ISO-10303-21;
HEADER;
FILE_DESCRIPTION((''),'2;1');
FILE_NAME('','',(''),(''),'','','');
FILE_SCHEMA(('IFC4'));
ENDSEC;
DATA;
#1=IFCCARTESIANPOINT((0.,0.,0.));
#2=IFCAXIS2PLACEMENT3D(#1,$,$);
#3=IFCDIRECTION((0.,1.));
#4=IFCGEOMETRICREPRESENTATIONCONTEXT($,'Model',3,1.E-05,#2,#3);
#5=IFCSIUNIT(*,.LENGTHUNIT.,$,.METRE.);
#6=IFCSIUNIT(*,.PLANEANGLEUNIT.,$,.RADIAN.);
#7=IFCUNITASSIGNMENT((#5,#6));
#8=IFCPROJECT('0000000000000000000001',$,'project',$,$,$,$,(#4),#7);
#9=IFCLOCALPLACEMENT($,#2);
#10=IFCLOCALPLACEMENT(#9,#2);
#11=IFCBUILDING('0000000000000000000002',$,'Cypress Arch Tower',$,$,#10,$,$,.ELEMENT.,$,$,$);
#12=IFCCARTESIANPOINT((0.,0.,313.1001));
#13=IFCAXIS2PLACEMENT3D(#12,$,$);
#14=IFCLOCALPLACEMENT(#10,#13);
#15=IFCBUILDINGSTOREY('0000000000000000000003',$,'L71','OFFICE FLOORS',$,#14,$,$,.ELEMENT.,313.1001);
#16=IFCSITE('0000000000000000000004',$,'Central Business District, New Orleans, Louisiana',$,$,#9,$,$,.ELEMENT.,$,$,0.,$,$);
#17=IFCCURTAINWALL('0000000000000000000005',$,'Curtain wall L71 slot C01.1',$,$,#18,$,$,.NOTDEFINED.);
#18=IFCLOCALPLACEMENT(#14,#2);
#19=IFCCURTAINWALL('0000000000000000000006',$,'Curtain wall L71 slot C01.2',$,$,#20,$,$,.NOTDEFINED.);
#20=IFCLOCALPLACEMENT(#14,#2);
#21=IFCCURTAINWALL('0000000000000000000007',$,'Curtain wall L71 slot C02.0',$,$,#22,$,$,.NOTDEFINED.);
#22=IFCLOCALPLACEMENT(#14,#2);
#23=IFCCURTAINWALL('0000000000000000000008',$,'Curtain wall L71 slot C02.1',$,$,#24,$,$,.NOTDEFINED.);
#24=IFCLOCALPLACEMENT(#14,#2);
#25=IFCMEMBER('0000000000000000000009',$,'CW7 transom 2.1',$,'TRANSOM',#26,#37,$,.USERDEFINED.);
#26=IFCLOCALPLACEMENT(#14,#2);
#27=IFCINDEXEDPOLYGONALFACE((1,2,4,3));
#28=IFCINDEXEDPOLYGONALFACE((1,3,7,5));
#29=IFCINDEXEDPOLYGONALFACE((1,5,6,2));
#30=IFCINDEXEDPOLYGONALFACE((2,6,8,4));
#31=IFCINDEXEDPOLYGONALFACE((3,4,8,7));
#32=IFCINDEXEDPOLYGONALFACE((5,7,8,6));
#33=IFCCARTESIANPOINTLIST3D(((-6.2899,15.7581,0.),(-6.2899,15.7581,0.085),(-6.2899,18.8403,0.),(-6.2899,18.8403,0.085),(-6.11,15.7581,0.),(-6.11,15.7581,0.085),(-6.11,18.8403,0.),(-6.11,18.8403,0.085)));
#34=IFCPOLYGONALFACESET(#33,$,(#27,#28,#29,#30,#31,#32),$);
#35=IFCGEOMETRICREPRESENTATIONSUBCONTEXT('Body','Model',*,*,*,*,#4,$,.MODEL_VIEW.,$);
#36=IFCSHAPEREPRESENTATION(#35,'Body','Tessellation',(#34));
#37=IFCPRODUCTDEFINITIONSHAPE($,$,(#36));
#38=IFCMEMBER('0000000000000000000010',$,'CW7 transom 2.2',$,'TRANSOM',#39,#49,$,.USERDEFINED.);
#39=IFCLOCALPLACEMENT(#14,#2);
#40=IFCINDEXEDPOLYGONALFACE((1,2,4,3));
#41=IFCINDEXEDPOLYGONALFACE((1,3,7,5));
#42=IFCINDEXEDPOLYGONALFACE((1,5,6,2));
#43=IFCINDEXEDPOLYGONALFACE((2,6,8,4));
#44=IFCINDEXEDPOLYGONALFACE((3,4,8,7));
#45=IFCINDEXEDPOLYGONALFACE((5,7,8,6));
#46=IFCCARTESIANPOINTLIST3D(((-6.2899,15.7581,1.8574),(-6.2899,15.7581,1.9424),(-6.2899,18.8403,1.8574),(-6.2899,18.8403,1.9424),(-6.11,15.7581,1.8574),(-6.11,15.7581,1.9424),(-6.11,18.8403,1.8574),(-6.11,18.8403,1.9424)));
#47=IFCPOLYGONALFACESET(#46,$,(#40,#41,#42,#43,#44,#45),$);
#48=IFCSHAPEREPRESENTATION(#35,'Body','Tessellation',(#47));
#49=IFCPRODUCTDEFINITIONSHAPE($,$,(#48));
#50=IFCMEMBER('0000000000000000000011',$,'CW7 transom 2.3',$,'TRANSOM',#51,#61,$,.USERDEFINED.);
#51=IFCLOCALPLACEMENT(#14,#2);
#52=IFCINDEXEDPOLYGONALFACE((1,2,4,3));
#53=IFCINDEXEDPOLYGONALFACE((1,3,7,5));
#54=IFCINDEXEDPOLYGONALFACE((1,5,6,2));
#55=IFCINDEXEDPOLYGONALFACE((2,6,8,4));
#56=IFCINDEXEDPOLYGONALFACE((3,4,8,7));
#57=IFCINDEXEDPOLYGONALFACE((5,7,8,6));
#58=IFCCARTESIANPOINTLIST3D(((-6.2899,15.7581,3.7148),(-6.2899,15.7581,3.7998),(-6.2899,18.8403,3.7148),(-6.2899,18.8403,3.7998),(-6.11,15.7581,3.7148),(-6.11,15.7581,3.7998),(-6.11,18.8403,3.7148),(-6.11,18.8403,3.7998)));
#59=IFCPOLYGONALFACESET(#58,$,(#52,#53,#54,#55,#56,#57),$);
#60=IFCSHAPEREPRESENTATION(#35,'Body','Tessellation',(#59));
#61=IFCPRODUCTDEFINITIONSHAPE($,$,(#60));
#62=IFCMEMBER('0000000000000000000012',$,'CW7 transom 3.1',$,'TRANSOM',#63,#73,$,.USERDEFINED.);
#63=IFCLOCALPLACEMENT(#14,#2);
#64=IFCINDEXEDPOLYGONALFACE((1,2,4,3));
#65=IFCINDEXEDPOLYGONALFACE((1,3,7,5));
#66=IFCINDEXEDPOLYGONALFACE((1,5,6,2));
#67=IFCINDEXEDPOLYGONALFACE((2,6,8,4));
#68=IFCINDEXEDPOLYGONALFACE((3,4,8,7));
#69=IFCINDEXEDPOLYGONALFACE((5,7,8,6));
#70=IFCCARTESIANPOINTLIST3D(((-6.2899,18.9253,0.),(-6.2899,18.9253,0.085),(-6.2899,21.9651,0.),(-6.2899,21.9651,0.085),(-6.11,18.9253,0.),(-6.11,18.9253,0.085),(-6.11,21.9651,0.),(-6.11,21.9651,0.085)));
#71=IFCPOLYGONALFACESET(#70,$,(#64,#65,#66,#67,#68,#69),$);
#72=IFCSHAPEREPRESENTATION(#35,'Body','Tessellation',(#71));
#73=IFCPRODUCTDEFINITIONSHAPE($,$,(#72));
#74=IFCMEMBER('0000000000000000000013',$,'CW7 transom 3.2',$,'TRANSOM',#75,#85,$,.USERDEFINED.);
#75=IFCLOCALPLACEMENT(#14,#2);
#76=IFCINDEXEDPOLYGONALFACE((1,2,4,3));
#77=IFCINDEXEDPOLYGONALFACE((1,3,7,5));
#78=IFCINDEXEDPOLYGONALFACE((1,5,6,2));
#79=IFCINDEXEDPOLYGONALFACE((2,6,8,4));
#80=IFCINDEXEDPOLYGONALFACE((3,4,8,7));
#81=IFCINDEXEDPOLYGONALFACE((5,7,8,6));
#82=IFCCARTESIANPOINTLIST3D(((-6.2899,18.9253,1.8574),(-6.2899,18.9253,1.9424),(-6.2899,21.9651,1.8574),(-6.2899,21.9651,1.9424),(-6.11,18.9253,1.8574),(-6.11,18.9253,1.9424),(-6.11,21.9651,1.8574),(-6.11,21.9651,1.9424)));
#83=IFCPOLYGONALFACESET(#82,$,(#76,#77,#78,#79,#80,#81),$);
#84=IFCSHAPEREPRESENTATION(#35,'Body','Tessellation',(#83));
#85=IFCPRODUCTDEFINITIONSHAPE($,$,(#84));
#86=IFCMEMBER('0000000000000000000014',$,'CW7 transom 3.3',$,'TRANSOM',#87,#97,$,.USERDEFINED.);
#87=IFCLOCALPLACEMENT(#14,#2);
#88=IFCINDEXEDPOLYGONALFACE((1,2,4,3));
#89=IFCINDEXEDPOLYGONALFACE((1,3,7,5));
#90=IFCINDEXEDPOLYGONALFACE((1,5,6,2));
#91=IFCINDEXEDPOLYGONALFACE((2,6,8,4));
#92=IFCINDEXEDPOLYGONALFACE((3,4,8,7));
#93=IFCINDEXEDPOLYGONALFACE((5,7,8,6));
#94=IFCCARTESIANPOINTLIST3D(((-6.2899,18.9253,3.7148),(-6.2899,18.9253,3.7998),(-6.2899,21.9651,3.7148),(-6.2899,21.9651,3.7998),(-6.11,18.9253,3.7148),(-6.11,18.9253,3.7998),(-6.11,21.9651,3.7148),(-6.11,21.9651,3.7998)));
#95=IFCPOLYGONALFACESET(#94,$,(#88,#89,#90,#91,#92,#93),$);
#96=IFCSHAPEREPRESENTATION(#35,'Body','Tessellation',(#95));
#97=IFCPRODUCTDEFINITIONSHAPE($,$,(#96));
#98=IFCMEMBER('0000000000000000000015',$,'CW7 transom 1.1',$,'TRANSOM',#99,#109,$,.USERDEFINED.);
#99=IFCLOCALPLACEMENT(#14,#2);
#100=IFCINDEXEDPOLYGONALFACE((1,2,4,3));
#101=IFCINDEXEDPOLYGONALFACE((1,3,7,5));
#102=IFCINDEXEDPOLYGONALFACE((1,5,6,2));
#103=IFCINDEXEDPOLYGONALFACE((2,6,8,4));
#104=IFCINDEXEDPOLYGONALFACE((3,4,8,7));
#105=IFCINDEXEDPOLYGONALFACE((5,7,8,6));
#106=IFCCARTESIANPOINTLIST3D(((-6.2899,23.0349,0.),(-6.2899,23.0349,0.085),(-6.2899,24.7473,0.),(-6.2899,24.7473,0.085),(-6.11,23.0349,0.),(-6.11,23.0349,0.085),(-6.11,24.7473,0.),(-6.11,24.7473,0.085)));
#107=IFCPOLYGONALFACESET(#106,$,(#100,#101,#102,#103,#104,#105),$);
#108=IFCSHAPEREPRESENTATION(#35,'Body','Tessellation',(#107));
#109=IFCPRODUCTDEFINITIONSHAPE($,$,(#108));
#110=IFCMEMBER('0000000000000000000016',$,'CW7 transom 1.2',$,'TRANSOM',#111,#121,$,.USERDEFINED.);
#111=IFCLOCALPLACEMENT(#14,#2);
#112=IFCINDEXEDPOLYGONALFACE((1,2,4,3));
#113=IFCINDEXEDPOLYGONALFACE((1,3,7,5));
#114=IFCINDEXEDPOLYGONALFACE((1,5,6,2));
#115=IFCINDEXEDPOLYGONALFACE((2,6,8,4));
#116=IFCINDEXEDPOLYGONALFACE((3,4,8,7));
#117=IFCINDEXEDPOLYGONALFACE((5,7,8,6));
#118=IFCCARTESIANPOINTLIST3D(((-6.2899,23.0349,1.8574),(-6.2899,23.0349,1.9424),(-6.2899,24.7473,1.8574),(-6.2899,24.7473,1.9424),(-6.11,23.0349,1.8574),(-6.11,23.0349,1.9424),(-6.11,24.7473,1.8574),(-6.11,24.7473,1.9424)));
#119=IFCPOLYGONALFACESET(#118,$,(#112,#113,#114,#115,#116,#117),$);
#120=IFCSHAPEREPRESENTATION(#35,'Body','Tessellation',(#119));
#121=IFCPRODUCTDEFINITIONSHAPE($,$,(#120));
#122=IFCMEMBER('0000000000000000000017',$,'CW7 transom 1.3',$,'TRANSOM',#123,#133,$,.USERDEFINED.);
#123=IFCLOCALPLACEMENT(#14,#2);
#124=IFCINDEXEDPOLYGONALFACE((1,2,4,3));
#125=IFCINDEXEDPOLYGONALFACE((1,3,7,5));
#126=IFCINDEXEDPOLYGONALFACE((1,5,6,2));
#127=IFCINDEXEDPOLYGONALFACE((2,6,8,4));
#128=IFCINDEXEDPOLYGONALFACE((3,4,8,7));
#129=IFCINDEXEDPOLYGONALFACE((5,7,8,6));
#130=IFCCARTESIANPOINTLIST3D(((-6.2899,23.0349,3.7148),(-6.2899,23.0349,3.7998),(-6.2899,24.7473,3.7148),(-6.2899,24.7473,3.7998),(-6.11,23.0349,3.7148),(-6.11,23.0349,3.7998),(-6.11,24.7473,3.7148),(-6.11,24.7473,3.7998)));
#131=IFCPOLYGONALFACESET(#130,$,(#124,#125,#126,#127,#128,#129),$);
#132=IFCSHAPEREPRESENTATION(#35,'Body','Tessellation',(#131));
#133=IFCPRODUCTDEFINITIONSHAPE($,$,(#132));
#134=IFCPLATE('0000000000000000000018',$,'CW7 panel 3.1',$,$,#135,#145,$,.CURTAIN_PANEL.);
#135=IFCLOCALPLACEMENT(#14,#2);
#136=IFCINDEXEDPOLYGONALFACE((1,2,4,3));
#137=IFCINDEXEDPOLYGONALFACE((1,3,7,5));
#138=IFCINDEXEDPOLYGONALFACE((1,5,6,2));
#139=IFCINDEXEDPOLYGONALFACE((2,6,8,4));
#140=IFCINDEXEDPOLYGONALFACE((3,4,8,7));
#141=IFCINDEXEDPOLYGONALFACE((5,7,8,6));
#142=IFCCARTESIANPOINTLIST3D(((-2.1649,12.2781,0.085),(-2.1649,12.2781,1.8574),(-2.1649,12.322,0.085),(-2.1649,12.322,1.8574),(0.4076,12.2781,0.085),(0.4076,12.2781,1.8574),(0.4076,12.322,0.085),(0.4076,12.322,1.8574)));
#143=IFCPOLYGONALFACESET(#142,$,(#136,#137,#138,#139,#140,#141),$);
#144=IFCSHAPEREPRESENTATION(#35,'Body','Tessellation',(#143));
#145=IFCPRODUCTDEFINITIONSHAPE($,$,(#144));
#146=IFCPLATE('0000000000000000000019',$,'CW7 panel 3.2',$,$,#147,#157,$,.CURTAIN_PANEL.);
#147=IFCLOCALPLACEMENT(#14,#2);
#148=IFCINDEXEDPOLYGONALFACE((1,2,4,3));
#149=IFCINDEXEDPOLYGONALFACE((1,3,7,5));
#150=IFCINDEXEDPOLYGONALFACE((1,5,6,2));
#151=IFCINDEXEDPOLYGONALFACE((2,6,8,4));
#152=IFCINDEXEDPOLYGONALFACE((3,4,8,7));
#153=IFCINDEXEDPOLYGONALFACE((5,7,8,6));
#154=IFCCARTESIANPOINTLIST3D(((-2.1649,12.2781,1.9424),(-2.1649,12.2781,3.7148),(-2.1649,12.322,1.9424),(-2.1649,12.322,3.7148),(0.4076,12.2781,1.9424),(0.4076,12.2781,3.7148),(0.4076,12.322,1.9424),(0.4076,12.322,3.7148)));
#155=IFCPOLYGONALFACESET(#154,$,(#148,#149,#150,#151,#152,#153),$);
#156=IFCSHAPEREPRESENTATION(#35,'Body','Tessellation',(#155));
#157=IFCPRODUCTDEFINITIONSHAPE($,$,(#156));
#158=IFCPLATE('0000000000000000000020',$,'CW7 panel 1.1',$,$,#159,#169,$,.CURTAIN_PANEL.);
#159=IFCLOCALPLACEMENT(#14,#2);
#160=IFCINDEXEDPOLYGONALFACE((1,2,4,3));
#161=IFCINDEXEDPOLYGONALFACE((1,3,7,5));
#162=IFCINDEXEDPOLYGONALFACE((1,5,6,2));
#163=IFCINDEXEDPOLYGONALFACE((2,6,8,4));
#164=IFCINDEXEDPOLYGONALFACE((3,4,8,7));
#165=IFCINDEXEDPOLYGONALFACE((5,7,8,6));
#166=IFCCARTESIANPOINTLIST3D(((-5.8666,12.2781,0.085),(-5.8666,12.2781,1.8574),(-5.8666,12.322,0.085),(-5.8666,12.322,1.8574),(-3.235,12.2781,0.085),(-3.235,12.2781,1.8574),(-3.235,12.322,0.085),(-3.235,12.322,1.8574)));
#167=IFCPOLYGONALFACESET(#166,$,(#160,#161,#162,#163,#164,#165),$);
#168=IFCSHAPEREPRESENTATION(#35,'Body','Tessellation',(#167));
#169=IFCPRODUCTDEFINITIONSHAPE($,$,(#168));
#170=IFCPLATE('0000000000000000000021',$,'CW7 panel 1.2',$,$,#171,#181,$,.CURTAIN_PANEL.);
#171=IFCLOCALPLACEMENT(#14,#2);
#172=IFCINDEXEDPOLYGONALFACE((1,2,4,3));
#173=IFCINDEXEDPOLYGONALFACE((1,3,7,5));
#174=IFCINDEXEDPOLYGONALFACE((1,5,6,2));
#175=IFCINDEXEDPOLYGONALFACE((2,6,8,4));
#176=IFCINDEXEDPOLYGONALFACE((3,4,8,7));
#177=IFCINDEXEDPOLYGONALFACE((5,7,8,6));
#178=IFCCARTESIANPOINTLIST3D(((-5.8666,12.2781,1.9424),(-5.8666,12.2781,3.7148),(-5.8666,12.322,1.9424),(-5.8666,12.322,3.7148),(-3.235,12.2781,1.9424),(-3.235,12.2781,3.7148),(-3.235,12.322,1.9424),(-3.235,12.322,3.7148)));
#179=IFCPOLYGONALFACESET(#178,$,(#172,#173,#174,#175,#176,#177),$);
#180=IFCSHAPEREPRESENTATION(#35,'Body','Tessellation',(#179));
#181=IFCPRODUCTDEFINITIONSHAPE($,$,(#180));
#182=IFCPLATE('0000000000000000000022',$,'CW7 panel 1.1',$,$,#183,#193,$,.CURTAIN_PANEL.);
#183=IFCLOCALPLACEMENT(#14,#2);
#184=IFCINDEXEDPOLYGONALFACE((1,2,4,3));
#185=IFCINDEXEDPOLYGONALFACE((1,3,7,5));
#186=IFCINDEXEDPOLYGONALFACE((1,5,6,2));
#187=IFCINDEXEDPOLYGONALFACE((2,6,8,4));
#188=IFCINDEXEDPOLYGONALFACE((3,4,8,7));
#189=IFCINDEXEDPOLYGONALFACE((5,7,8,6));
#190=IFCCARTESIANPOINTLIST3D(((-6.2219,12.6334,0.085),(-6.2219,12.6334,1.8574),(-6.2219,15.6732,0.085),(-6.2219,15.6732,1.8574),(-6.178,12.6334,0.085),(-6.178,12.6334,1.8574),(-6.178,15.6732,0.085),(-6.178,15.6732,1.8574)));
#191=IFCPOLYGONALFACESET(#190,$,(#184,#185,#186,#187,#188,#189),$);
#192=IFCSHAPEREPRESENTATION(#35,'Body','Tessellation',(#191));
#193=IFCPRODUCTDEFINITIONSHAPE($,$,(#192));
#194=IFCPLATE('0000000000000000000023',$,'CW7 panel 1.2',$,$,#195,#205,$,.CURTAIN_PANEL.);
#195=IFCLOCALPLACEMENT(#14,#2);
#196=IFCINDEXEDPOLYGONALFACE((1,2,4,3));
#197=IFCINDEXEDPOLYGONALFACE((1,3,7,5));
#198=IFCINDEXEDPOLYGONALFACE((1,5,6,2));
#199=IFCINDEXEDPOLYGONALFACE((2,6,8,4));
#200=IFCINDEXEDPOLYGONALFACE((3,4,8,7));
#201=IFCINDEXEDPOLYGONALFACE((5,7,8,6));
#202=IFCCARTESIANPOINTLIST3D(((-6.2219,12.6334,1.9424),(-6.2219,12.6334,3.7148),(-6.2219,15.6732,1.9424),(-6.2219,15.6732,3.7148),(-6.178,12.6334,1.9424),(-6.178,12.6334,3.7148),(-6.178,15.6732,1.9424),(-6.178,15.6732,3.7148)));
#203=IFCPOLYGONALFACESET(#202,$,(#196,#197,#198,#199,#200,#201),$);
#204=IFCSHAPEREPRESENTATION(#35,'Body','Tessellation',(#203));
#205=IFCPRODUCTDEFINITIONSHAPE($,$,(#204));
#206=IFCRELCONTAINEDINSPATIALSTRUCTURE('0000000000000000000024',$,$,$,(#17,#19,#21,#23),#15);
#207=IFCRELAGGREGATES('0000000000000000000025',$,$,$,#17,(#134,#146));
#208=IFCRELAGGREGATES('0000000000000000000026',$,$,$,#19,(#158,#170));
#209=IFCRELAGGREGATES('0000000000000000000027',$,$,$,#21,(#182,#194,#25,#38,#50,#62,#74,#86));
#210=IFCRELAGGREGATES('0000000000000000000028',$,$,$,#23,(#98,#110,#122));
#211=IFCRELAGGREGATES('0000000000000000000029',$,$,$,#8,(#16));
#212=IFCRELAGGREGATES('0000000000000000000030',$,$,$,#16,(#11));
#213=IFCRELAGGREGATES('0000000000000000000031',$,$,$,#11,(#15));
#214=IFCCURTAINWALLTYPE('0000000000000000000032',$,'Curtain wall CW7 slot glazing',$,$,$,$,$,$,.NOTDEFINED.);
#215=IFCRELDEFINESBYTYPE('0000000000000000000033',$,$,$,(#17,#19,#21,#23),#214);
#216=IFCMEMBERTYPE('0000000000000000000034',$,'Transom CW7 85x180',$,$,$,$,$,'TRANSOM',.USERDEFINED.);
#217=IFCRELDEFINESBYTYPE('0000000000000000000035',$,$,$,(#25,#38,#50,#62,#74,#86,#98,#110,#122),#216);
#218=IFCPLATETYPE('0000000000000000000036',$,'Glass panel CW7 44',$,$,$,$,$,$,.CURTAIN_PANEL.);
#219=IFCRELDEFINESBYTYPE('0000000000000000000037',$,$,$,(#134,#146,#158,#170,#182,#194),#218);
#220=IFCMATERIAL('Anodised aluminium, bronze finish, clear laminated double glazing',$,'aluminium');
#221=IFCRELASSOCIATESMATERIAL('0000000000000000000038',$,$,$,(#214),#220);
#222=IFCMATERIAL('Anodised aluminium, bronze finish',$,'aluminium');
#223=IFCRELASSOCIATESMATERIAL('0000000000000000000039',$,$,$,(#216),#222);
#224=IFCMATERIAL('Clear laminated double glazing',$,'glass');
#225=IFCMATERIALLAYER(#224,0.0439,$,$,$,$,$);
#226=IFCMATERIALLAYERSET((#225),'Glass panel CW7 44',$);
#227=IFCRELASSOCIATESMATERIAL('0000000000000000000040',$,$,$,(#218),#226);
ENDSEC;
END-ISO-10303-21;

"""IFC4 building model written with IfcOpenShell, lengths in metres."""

from ifc_helpers import new_model, si_unit, direction, frame, origin, origin_2d, place, context, subcontext, project, spatial, rectangle, extrude, material, layer, layer_set, material_profile, profile_set, type_object, element, aggregate, save


model = new_model("IFC4")

# Units and contexts
model_context = context("Model", 3, precision=1e-05, world=origin(), true_north=direction((0.0, 1.0)))
body_context = subcontext(model_context, "Body", "Model", "MODEL_VIEW")
ifc_project = project(units=[si_unit("LENGTHUNIT", "METRE"), si_unit("PLANEANGLEUNIT", "RADIAN")], contexts=[model_context])

# Site, building, storey
site_placement = place(None, origin())
site = spatial("IfcSite", under=ifc_project, at=site_placement, Name="Central Business District, New Orleans, Louisiana", CompositionType="ELEMENT", RefElevation=0.0)
building_placement = place(site_placement, origin())
building = spatial("IfcBuilding", under=site, at=building_placement, Name="Cypress Arch Tower", CompositionType="ELEMENT")
storey_placement = place(building_placement, frame((0.0, 0.0, 313.1001)))
storey = spatial("IfcBuildingStorey", under=building, at=storey_placement, Name="L71", Description="OFFICE FLOORS", CompositionType="ELEMENT", Elevation=313.1001)

# Curtain wall
ifc_material_1 = material(Name="Anodised aluminium, bronze finish, clear laminated double glazing", Category="aluminium")
curtain_wall_type = type_object("IfcCurtainWallType", Name="Curtain wall CW7 slot glazing", PredefinedType="NOTDEFINED", material=ifc_material_1)
curtain_wall_1_placement = place(storey_placement, origin())
curtain_wall_1 = element("IfcCurtainWall", 1, at=curtain_wall_1_placement, inside=storey, type_object=curtain_wall_type, Name="Curtain wall L71 slot C01.1", PredefinedType="NOTDEFINED")

# Curtain walls
curtain_wall_2_placement = place(storey_placement, origin())
curtain_wall_2 = element("IfcCurtainWall", 2, at=curtain_wall_2_placement, inside=storey, type_object=curtain_wall_type, Name="Curtain wall L71 slot C01.2", PredefinedType="NOTDEFINED")
curtain_wall_3_placement = place(storey_placement, origin())
curtain_wall_3 = element("IfcCurtainWall", 3, at=curtain_wall_3_placement, inside=storey, type_object=curtain_wall_type, Name="Curtain wall L71 slot C02.0", PredefinedType="NOTDEFINED")
curtain_wall_4_placement = place(storey_placement, origin())
curtain_wall_4 = element("IfcCurtainWall", 4, at=curtain_wall_4_placement, inside=storey, type_object=curtain_wall_type, Name="Curtain wall L71 slot C02.1", PredefinedType="NOTDEFINED")

# Members
ifc_material_2 = material(Name="Anodised aluminium, bronze finish", Category="aluminium")
ifc_material_profile_1 = material_profile(ifc_material_2, rectangle(XDim=0.1799, YDim=0.085, at=origin_2d()), Name="Transom 85x180")
ifc_profile_set_1 = profile_set([ifc_material_profile_1], Name="Anodised aluminium, bronze finish")
member_type_1 = type_object("IfcMemberType", Name="Transom CW7 85x180", ElementType="TRANSOM", PredefinedType="USERDEFINED", material=ifc_profile_set_1)
member_1_placement = place(storey_placement, frame((-6.2, 15.7581, 0.0425), z_axis=(0.0, 1.0, 0.0), x_axis=(-1.0, 0.0, 0.0)))
member_1 = element("IfcMember", 5, at=member_1_placement, type_object=member_type_1, Name="CW7 transom 2.1", ObjectType="TRANSOM", PredefinedType="USERDEFINED", context=body_context, shape_type="SweptSolid", body=[
    extrude(rectangle(XDim=0.1799, YDim=0.085, at=origin_2d()), origin(), (0.0, 0.0, 1.0), 3.0823),
])
member_2_placement = place(storey_placement, frame((-6.2, 15.7581, 1.8999), z_axis=(0.0, 1.0, 0.0), x_axis=(-1.0, 0.0, 0.0)))
member_2 = element("IfcMember", 6, at=member_2_placement, type_object=member_type_1, Name="CW7 transom 2.2", ObjectType="TRANSOM", PredefinedType="USERDEFINED", context=body_context, shape_type="SweptSolid", body=[
    extrude(rectangle(XDim=0.1799, YDim=0.085, at=origin_2d()), origin(), (0.0, 0.0, 1.0), 3.0823),
])
member_3_placement = place(storey_placement, frame((-6.2, 15.7581, 3.7573), z_axis=(0.0, 1.0, 0.0), x_axis=(-1.0, 0.0, 0.0)))
member_3 = element("IfcMember", 7, at=member_3_placement, type_object=member_type_1, Name="CW7 transom 2.3", ObjectType="TRANSOM", PredefinedType="USERDEFINED", context=body_context, shape_type="SweptSolid", body=[
    extrude(rectangle(XDim=0.1799, YDim=0.085, at=origin_2d()), origin(), (0.0, 0.0, 1.0), 3.0823),
])
member_4_placement = place(storey_placement, frame((-6.2, 18.9253, 0.0425), z_axis=(0.0, 1.0, 0.0), x_axis=(-1.0, 0.0, 0.0)))
member_4 = element("IfcMember", 8, at=member_4_placement, type_object=member_type_1, Name="CW7 transom 3.1", ObjectType="TRANSOM", PredefinedType="USERDEFINED", context=body_context, shape_type="SweptSolid", body=[
    extrude(rectangle(XDim=0.1799, YDim=0.085, at=origin_2d()), origin(), (0.0, 0.0, 1.0), 3.0398),
])
member_5_placement = place(storey_placement, frame((-6.2, 18.9253, 1.8999), z_axis=(0.0, 1.0, 0.0), x_axis=(-1.0, 0.0, 0.0)))
member_5 = element("IfcMember", 9, at=member_5_placement, type_object=member_type_1, Name="CW7 transom 3.2", ObjectType="TRANSOM", PredefinedType="USERDEFINED", context=body_context, shape_type="SweptSolid", body=[
    extrude(rectangle(XDim=0.1799, YDim=0.085, at=origin_2d()), origin(), (0.0, 0.0, 1.0), 3.0398),
])
member_6_placement = place(storey_placement, frame((-6.2, 18.9253, 3.7573), z_axis=(0.0, 1.0, 0.0), x_axis=(-1.0, 0.0, 0.0)))
member_6 = element("IfcMember", 10, at=member_6_placement, type_object=member_type_1, Name="CW7 transom 3.3", ObjectType="TRANSOM", PredefinedType="USERDEFINED", context=body_context, shape_type="SweptSolid", body=[
    extrude(rectangle(XDim=0.1799, YDim=0.085, at=origin_2d()), origin(), (0.0, 0.0, 1.0), 3.0398),
])
member_7_placement = place(storey_placement, frame((-6.2, 23.0349, 0.0425), z_axis=(0.0, 1.0, 0.0), x_axis=(-1.0, 0.0, 0.0)))
member_7 = element("IfcMember", 11, at=member_7_placement, type_object=member_type_1, Name="CW7 transom 1.1", ObjectType="TRANSOM", PredefinedType="USERDEFINED", context=body_context, shape_type="SweptSolid", body=[
    extrude(rectangle(XDim=0.1799, YDim=0.085, at=origin_2d()), origin(), (0.0, 0.0, 1.0), 1.7124),
])
member_8_placement = place(storey_placement, frame((-6.2, 23.0349, 1.8999), z_axis=(0.0, 1.0, 0.0), x_axis=(-1.0, 0.0, 0.0)))
member_8 = element("IfcMember", 12, at=member_8_placement, type_object=member_type_1, Name="CW7 transom 1.2", ObjectType="TRANSOM", PredefinedType="USERDEFINED", context=body_context, shape_type="SweptSolid", body=[
    extrude(rectangle(XDim=0.1799, YDim=0.085, at=origin_2d()), origin(), (0.0, 0.0, 1.0), 1.7124),
])
member_9_placement = place(storey_placement, frame((-6.2, 23.0349, 3.7573), z_axis=(0.0, 1.0, 0.0), x_axis=(-1.0, 0.0, 0.0)))
member_9 = element("IfcMember", 13, at=member_9_placement, type_object=member_type_1, Name="CW7 transom 1.3", ObjectType="TRANSOM", PredefinedType="USERDEFINED", context=body_context, shape_type="SweptSolid", body=[
    extrude(rectangle(XDim=0.1799, YDim=0.085, at=origin_2d()), origin(), (0.0, 0.0, 1.0), 1.7124),
])

# Plates
ifc_material_3 = material(Name="Clear laminated double glazing", Category="glass")
ifc_layer_1 = layer(ifc_material_3, 0.0439)
ifc_layer_set_1 = layer_set([ifc_layer_1], Name="Glass panel CW7 44")
plate_type = type_object("IfcPlateType", Name="Glass panel CW7 44", PredefinedType="CURTAIN_PANEL", material=ifc_layer_set_1)
plate_1_placement = place(storey_placement, frame((-0.8787, 12.3, 0.085), z_axis=(0.0, 0.0, 1.0), x_axis=(-1.0, 0.0, 0.0)))
plate_1 = element("IfcPlate", 14, at=plate_1_placement, type_object=plate_type, Name="CW7 panel 3.1", PredefinedType="CURTAIN_PANEL", context=body_context, shape_type="SweptSolid", body=[
    extrude(rectangle(XDim=2.5725, YDim=0.0439, at=origin_2d()), origin(), (0.0, 0.0, 1.0), 1.7725),
])
plate_2_placement = place(storey_placement, frame((-0.8787, 12.3, 1.9424), z_axis=(0.0, 0.0, 1.0), x_axis=(-1.0, 0.0, 0.0)))
plate_2 = element("IfcPlate", 15, at=plate_2_placement, type_object=plate_type, Name="CW7 panel 3.2", PredefinedType="CURTAIN_PANEL", context=body_context, shape_type="SweptSolid", body=[
    extrude(rectangle(XDim=2.5725, YDim=0.0439, at=origin_2d()), origin(), (0.0, 0.0, 1.0), 1.7725),
])
aggregate(curtain_wall_1, [plate_1, plate_2])
plate_3_placement = place(storey_placement, frame((-4.5508, 12.3, 0.085), z_axis=(0.0, 0.0, 1.0), x_axis=(-1.0, 0.0, 0.0)))
plate_3 = element("IfcPlate", 16, at=plate_3_placement, type_object=plate_type, Name="CW7 panel 1.1", PredefinedType="CURTAIN_PANEL", context=body_context, shape_type="SweptSolid", body=[
    extrude(rectangle(XDim=2.6316, YDim=0.0439, at=origin_2d()), origin(), (0.0, 0.0, 1.0), 1.7725),
])
plate_4_placement = place(storey_placement, frame((-4.5508, 12.3, 1.9424), z_axis=(0.0, 0.0, 1.0), x_axis=(-1.0, 0.0, 0.0)))
plate_4 = element("IfcPlate", 17, at=plate_4_placement, type_object=plate_type, Name="CW7 panel 1.2", PredefinedType="CURTAIN_PANEL", context=body_context, shape_type="SweptSolid", body=[
    extrude(rectangle(XDim=2.6316, YDim=0.0439, at=origin_2d()), origin(), (0.0, 0.0, 1.0), 1.7725),
])
aggregate(curtain_wall_2, [plate_3, plate_4])
plate_5_placement = place(storey_placement, frame((-6.2, 14.1533, 0.085), z_axis=(0.0, 0.0, 1.0), x_axis=(0.0, 1.0, 0.0)))
plate_5 = element("IfcPlate", 18, at=plate_5_placement, type_object=plate_type, Name="CW7 panel 1.1", PredefinedType="CURTAIN_PANEL", context=body_context, shape_type="SweptSolid", body=[
    extrude(rectangle(XDim=3.0398, YDim=0.0439, at=origin_2d()), origin(), (0.0, 0.0, 1.0), 1.7725),
])
plate_6_placement = place(storey_placement, frame((-6.2, 14.1533, 1.9424), z_axis=(0.0, 0.0, 1.0), x_axis=(0.0, 1.0, 0.0)))
plate_6 = element("IfcPlate", 19, at=plate_6_placement, type_object=plate_type, Name="CW7 panel 1.2", PredefinedType="CURTAIN_PANEL", context=body_context, shape_type="SweptSolid", body=[
    extrude(rectangle(XDim=3.0398, YDim=0.0439, at=origin_2d()), origin(), (0.0, 0.0, 1.0), 1.7725),
])
aggregate(curtain_wall_3, [plate_5, plate_6, member_1, member_2, member_3, member_4, member_5, member_6])
aggregate(curtain_wall_4, [member_7, member_8, member_9])

save(model, "model.ifc")
